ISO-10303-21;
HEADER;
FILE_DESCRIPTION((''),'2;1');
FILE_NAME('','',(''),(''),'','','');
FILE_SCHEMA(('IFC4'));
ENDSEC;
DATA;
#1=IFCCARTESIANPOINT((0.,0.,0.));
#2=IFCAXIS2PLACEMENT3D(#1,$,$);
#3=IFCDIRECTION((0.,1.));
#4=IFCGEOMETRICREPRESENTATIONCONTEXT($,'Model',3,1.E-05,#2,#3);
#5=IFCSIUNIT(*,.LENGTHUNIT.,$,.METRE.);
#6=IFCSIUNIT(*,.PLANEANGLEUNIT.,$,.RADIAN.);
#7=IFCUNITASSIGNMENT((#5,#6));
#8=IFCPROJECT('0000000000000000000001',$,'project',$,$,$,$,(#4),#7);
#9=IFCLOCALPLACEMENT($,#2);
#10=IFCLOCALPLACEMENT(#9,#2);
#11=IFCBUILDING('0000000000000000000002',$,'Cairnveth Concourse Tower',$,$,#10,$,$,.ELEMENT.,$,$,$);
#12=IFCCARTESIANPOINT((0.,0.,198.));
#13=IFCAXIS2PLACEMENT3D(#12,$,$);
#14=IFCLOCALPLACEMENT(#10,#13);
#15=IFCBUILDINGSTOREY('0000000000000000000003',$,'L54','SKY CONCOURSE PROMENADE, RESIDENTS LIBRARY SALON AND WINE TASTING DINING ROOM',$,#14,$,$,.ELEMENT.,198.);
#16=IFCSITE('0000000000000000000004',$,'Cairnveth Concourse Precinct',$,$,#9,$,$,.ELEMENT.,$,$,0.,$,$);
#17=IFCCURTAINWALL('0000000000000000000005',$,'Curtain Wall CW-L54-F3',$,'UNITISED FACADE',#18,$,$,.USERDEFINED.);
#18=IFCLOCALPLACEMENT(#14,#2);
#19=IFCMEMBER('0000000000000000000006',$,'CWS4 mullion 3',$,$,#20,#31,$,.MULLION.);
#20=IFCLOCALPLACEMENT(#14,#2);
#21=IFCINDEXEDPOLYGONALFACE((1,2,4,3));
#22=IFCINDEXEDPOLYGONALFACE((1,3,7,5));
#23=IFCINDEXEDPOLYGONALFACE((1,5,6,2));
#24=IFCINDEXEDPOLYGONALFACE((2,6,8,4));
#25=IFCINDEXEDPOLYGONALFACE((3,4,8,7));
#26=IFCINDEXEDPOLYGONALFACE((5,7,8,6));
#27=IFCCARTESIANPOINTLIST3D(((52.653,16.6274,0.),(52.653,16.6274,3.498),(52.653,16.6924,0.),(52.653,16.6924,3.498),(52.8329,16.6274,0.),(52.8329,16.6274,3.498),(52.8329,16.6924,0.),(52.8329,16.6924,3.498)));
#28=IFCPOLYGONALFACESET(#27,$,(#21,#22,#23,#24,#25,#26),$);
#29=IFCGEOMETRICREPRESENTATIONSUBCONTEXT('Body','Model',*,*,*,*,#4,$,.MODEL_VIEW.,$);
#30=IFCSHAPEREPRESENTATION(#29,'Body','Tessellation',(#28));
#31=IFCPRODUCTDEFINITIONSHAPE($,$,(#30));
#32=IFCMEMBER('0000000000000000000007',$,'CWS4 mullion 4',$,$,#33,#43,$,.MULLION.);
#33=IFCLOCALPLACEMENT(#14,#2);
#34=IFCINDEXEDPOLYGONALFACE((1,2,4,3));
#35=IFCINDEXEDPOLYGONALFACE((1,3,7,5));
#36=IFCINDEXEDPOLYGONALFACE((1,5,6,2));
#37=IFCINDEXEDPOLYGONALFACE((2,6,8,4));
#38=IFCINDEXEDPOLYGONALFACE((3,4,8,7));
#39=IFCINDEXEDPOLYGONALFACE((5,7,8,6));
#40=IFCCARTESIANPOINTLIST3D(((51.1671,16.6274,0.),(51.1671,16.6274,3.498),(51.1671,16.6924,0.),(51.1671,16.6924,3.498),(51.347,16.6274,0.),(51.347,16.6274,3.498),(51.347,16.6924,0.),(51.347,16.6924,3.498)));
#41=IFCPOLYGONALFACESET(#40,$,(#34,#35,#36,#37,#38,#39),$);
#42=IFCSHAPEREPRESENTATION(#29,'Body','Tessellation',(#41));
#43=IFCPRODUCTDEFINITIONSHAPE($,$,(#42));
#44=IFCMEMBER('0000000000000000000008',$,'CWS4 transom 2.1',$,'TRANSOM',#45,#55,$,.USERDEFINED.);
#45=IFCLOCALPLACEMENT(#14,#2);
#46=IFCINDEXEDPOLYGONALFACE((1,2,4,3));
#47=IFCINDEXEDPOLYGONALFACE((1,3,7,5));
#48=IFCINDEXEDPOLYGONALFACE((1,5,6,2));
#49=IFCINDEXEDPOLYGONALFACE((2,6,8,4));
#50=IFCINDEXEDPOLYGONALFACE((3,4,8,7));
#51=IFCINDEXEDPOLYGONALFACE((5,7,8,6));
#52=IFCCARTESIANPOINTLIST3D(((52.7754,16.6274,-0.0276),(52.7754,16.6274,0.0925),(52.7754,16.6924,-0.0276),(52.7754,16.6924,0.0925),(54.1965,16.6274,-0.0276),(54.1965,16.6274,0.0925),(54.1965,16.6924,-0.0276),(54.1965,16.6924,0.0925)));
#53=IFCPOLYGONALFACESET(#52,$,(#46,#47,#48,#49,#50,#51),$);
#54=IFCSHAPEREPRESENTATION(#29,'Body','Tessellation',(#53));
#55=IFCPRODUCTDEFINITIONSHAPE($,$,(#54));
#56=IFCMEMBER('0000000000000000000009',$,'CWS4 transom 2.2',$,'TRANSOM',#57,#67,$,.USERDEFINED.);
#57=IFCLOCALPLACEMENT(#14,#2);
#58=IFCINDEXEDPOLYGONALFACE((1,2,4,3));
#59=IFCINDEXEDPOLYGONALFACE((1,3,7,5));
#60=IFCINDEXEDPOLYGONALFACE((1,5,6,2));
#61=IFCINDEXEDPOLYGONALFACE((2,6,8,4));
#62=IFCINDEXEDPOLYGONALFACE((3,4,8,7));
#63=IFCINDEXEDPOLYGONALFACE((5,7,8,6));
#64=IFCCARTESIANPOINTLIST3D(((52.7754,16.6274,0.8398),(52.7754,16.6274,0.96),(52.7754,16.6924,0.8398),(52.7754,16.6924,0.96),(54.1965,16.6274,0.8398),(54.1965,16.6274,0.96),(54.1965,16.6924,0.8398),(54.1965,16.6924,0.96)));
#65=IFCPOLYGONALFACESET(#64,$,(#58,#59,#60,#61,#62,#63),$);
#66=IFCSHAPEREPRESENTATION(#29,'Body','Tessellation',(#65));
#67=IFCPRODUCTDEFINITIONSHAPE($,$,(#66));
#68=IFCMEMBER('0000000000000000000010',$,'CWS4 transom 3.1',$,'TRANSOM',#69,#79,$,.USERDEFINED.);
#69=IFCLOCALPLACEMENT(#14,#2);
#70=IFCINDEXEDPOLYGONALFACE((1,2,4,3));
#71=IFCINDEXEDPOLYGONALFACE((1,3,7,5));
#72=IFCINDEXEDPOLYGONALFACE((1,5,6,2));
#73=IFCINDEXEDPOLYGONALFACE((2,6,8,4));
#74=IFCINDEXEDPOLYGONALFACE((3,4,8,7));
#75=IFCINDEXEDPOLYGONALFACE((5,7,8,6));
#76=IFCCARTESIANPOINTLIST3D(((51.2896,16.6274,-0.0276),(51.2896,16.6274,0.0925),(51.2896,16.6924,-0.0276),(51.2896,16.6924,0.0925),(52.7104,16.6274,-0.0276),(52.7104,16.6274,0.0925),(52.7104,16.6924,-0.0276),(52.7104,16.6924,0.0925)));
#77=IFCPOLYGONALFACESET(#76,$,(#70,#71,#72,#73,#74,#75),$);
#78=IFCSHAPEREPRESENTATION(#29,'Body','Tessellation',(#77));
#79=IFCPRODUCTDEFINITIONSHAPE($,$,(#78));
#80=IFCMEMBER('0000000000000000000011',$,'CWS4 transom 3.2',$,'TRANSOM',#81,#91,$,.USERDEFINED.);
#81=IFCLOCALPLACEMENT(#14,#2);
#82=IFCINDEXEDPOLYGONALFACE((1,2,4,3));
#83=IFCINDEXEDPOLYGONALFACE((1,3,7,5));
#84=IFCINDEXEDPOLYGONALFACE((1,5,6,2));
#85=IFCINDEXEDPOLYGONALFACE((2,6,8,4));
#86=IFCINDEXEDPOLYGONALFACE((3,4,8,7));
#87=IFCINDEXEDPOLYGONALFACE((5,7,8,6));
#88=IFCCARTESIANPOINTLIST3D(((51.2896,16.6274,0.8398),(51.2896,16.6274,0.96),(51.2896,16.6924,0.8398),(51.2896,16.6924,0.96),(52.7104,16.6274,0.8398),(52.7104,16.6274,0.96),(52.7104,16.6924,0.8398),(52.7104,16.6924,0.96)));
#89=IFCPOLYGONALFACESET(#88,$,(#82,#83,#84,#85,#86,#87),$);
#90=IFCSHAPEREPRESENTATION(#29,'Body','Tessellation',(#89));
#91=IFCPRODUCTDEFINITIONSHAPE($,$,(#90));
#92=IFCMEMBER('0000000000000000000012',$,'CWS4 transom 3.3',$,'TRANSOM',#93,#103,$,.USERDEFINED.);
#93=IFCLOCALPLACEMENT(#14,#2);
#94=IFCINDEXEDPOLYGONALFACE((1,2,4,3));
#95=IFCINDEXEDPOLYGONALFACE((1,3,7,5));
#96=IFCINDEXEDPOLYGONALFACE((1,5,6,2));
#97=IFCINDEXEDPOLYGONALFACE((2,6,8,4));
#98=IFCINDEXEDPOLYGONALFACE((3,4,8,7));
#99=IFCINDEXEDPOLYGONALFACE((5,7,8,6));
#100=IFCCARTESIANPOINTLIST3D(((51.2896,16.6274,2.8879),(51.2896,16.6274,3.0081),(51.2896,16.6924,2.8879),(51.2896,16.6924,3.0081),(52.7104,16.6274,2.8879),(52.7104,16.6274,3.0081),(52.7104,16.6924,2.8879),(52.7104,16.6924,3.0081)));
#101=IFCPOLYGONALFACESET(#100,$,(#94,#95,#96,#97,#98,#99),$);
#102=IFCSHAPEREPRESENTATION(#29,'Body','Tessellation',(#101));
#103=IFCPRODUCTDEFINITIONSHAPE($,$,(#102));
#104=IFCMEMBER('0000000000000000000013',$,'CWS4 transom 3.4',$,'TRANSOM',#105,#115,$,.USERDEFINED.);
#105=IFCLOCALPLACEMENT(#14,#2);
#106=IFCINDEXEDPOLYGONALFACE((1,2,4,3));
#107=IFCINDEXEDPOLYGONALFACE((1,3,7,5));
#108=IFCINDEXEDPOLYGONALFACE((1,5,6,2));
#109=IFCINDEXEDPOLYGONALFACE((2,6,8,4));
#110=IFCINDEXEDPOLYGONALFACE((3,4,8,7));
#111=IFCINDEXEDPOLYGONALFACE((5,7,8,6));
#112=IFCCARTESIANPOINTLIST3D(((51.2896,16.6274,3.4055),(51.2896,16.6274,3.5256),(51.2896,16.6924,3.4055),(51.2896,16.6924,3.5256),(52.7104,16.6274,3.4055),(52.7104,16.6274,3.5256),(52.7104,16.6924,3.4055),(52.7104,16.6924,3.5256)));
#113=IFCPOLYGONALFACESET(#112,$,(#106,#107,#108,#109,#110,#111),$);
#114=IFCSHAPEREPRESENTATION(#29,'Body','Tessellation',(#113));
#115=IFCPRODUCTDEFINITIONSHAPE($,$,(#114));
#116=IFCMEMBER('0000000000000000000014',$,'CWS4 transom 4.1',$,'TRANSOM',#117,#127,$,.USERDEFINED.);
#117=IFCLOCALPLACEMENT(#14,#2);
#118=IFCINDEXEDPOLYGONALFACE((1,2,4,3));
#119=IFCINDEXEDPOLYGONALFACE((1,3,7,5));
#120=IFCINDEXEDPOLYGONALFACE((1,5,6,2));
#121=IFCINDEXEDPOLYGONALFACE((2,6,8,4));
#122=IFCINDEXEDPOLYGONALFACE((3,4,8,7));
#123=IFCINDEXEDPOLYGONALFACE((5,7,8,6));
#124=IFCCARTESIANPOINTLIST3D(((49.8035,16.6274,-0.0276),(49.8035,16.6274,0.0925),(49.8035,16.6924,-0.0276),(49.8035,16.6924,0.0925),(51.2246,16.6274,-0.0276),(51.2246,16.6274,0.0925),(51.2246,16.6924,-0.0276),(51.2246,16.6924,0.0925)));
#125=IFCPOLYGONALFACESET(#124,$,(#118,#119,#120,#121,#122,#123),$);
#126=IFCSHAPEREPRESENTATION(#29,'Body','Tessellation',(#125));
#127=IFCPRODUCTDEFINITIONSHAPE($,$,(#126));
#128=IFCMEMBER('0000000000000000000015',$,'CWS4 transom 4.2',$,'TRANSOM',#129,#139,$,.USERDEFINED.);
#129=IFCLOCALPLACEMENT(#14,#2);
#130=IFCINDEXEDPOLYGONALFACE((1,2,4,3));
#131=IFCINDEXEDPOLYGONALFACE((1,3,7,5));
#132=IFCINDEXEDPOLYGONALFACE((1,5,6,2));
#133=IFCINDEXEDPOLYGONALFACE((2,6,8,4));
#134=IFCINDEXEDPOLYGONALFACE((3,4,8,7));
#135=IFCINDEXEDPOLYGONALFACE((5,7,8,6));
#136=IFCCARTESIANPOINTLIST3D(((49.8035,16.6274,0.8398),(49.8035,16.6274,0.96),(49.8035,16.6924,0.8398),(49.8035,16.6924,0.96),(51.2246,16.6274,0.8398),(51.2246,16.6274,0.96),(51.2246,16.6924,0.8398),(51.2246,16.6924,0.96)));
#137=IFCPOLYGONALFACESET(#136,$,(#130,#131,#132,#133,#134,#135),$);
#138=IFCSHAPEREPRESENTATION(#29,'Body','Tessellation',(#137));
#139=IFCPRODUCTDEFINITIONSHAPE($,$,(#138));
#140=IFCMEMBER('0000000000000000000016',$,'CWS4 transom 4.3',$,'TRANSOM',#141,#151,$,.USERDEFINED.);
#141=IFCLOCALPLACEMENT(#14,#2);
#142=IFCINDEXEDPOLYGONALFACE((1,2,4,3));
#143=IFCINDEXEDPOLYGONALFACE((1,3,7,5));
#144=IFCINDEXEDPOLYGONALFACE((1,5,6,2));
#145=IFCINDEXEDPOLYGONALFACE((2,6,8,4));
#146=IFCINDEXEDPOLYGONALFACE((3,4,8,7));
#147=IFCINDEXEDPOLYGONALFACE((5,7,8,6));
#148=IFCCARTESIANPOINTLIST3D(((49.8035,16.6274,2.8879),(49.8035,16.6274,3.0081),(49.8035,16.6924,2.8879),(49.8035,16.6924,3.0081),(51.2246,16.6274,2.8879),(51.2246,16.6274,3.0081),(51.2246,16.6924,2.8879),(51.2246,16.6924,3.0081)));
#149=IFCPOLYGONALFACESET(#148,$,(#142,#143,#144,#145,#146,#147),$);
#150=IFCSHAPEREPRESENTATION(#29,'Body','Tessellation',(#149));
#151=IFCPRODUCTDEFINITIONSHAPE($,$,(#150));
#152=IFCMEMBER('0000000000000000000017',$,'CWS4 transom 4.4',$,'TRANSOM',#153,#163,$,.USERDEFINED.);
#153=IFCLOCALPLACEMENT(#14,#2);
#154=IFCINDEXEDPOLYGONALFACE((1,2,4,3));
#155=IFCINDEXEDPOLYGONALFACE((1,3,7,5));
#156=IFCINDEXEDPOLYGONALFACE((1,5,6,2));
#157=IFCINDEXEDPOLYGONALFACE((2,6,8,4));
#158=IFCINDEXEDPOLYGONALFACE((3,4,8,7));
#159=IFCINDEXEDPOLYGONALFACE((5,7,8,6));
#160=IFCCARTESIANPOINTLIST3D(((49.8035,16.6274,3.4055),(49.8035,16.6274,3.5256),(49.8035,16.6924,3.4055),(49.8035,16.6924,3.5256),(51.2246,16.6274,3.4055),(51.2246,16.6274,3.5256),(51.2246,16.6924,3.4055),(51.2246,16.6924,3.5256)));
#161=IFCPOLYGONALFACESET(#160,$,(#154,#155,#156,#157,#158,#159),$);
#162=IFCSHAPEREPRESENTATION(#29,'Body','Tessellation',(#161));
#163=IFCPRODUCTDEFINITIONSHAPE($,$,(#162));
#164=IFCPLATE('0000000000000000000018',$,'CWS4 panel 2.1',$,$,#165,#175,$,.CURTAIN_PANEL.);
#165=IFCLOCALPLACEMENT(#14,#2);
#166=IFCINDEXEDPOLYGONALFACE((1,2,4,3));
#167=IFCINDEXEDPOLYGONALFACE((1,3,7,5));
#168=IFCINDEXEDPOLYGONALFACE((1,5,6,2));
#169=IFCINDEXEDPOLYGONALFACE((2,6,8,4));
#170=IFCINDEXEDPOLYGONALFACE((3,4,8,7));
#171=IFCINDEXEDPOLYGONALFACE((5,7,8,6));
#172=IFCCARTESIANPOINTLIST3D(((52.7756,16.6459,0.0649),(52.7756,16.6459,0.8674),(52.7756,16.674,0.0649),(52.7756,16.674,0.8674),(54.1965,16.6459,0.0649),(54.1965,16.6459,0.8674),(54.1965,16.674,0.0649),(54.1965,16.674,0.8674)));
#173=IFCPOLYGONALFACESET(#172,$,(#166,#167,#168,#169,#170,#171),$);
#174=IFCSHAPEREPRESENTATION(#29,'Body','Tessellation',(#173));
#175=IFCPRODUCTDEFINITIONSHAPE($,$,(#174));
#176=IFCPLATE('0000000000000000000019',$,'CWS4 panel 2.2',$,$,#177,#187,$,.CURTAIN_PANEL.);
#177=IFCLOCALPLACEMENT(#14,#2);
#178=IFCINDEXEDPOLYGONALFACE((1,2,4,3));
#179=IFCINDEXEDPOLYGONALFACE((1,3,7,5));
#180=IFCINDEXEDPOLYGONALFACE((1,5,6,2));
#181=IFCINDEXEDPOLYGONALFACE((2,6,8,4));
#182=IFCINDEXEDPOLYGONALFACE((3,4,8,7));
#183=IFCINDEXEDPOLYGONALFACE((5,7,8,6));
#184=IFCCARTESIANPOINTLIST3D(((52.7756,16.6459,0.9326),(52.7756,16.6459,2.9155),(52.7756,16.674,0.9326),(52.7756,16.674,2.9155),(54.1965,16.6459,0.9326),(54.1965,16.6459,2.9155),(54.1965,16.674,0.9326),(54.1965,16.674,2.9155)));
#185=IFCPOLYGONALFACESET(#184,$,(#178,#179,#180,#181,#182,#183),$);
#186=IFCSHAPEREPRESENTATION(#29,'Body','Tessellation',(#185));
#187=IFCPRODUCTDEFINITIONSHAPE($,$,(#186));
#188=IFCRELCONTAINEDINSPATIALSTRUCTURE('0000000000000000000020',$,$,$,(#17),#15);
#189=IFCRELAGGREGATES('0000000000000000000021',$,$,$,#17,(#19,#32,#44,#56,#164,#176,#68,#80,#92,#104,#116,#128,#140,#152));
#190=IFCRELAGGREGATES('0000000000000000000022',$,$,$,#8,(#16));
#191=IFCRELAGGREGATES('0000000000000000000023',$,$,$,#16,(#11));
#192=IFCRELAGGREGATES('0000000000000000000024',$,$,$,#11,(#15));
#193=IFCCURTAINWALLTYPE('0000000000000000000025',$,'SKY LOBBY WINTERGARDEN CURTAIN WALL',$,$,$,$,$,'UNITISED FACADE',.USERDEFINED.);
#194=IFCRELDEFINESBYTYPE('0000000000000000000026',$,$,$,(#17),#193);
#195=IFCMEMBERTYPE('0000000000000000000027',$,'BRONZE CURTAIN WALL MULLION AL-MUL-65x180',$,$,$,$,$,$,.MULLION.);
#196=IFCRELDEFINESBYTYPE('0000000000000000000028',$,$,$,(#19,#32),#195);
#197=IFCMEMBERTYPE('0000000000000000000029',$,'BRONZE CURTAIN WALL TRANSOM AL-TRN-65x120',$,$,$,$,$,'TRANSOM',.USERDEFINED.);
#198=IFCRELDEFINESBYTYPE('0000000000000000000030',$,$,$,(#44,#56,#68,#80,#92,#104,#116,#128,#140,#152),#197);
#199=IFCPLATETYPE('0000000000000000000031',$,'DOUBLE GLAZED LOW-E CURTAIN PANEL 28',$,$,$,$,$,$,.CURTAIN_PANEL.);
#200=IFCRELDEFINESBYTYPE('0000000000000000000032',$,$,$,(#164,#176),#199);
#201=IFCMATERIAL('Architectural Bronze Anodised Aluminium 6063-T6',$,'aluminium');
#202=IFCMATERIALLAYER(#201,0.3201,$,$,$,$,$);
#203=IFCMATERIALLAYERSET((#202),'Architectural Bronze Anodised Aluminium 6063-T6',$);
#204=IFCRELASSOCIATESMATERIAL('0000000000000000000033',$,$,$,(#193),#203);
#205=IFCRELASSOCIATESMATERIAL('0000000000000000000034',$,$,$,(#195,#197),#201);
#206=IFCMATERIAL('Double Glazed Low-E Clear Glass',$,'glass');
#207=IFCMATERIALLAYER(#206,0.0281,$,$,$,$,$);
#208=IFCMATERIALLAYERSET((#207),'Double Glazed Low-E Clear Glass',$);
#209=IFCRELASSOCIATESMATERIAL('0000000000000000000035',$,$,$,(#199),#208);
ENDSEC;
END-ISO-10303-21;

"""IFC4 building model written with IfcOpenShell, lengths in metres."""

from ifc_helpers import new_model, si_unit, direction, frame, origin, origin_2d, place, context, subcontext, project, spatial, rectangle, extrude, material, layer, layer_set, material_profile, profile_set, type_object, element, aggregate, save


model = new_model("IFC4")

# Units and contexts
model_context = context("Model", 3, precision=1e-05, world=origin(), true_north=direction((0.0, 1.0)))
body_context = subcontext(model_context, "Body", "Model", "MODEL_VIEW")
ifc_project = project(units=[si_unit("LENGTHUNIT", "METRE"), si_unit("PLANEANGLEUNIT", "RADIAN")], contexts=[model_context])

# Site, building, storey
site_placement = place(None, origin())
site = spatial("IfcSite", under=ifc_project, at=site_placement, Name="Cairnveth Concourse Precinct", CompositionType="ELEMENT", RefElevation=0.0)
building_placement = place(site_placement, origin())
building = spatial("IfcBuilding", under=site, at=building_placement, Name="Cairnveth Concourse Tower", CompositionType="ELEMENT")
storey_placement = place(building_placement, frame((0.0, 0.0, 198.0)))
storey = spatial("IfcBuildingStorey", under=building, at=storey_placement, Name="L54", Description="SKY CONCOURSE PROMENADE, RESIDENTS LIBRARY SALON AND WINE TASTING DINING ROOM", CompositionType="ELEMENT", Elevation=198.0)

# Curtain wall, members, plates
ifc_material_1 = material(Name="Architectural Bronze Anodised Aluminium 6063-T6", Category="aluminium")
ifc_layer_1 = layer(ifc_material_1, 0.3201)
ifc_layer_set_1 = layer_set([ifc_layer_1], Name="Architectural Bronze Anodised Aluminium 6063-T6")
curtain_wall_type = type_object("IfcCurtainWallType", Name="SKY LOBBY WINTERGARDEN CURTAIN WALL", ElementType="UNITISED FACADE", PredefinedType="USERDEFINED", material=ifc_layer_set_1)
curtain_wall_placement = place(storey_placement, origin())
curtain_wall = element("IfcCurtainWall", 1, at=curtain_wall_placement, inside=storey, type_object=curtain_wall_type, Name="Curtain Wall CW-L54-F3", ObjectType="UNITISED FACADE", PredefinedType="USERDEFINED")
ifc_material_profile_1 = material_profile(ifc_material_1, rectangle(XDim=0.0649, YDim=0.1799, at=origin_2d()), Name="AL-MUL-65x180")
ifc_profile_set_1 = profile_set([ifc_material_profile_1], Name="Architectural Bronze Anodised Aluminium 6063-T6")
member_type_1 = type_object("IfcMemberType", Name="BRONZE CURTAIN WALL MULLION AL-MUL-65x180", PredefinedType="MULLION", material=ifc_profile_set_1)
member_1_placement = place(storey_placement, frame((52.7429, 16.6599, 0.0), z_axis=(0.0, 0.0, 1.0), x_axis=(0.0, -1.0, 0.0)))
member_1 = element("IfcMember", 2, at=member_1_placement, type_object=member_type_1, Name="CWS4 mullion 3", PredefinedType="MULLION", context=body_context, shape_type="SweptSolid", body=[
    extrude(rectangle(XDim=0.0649, YDim=0.1799, at=origin_2d()), origin(), (0.0, 0.0, 1.0), 3.498),
])
member_2_placement = place(storey_placement, frame((51.2571, 16.6599, 0.0), z_axis=(0.0, 0.0, 1.0), x_axis=(0.0, -1.0, 0.0)))
member_2 = element("IfcMember", 3, at=member_2_placement, type_object=member_type_1, Name="CWS4 mullion 4", PredefinedType="MULLION", context=body_context, shape_type="SweptSolid", body=[
    extrude(rectangle(XDim=0.0649, YDim=0.1799, at=origin_2d()), origin(), (0.0, 0.0, 1.0), 3.498),
])
ifc_material_profile_2 = material_profile(ifc_material_1, rectangle(XDim=0.0649, YDim=0.1201, at=origin_2d()), Name="AL-TRN-65x120")
ifc_profile_set_2 = profile_set([ifc_material_profile_2], Name="Architectural Bronze Anodised Aluminium 6063-T6")
member_type_2 = type_object("IfcMemberType", Name="BRONZE CURTAIN WALL TRANSOM AL-TRN-65x120", ElementType="TRANSOM", PredefinedType="USERDEFINED", material=ifc_profile_set_2)
member_3_placement = place(storey_placement, frame((54.1965, 16.6599, 0.0325), z_axis=(-1.0, 0.0, 0.0), x_axis=(0.0, -1.0, 0.0)))
member_3 = element("IfcMember", 4, at=member_3_placement, type_object=member_type_2, Name="CWS4 transom 2.1", ObjectType="TRANSOM", PredefinedType="USERDEFINED", context=body_context, shape_type="SweptSolid", body=[
    extrude(rectangle(XDim=0.0649, YDim=0.1201, at=origin_2d()), origin(), (0.0, 0.0, 1.0), 1.4211),
])
member_4_placement = place(storey_placement, frame((54.1965, 16.6599, 0.8999), z_axis=(-1.0, 0.0, 0.0), x_axis=(0.0, -1.0, 0.0)))
member_4 = element("IfcMember", 5, at=member_4_placement, type_object=member_type_2, Name="CWS4 transom 2.2", ObjectType="TRANSOM", PredefinedType="USERDEFINED", context=body_context, shape_type="SweptSolid", body=[
    extrude(rectangle(XDim=0.0649, YDim=0.1201, at=origin_2d()), origin(), (0.0, 0.0, 1.0), 1.4211),
])
member_5_placement = place(storey_placement, frame((52.7104, 16.6599, 0.0325), z_axis=(-1.0, 0.0, 0.0), x_axis=(0.0, -1.0, 0.0)))
member_5 = element("IfcMember", 6, at=member_5_placement, type_object=member_type_2, Name="CWS4 transom 3.1", ObjectType="TRANSOM", PredefinedType="USERDEFINED", context=body_context, shape_type="SweptSolid", body=[
    extrude(rectangle(XDim=0.0649, YDim=0.1201, at=origin_2d()), origin(), (0.0, 0.0, 1.0), 1.4209),
])
member_6_placement = place(storey_placement, frame((52.7104, 16.6599, 0.8999), z_axis=(-1.0, 0.0, 0.0), x_axis=(0.0, -1.0, 0.0)))
member_6 = element("IfcMember", 7, at=member_6_placement, type_object=member_type_2, Name="CWS4 transom 3.2", ObjectType="TRANSOM", PredefinedType="USERDEFINED", context=body_context, shape_type="SweptSolid", body=[
    extrude(rectangle(XDim=0.0649, YDim=0.1201, at=origin_2d()), origin(), (0.0, 0.0, 1.0), 1.4209),
])
member_7_placement = place(storey_placement, frame((52.7104, 16.6599, 2.948), z_axis=(-1.0, 0.0, 0.0), x_axis=(0.0, -1.0, 0.0)))
member_7 = element("IfcMember", 8, at=member_7_placement, type_object=member_type_2, Name="CWS4 transom 3.3", ObjectType="TRANSOM", PredefinedType="USERDEFINED", context=body_context, shape_type="SweptSolid", body=[
    extrude(rectangle(XDim=0.0649, YDim=0.1201, at=origin_2d()), origin(), (0.0, 0.0, 1.0), 1.4209),
])
member_8_placement = place(storey_placement, frame((52.7104, 16.6599, 3.4656), z_axis=(-1.0, 0.0, 0.0), x_axis=(0.0, -1.0, 0.0)))
member_8 = element("IfcMember", 9, at=member_8_placement, type_object=member_type_2, Name="CWS4 transom 3.4", ObjectType="TRANSOM", PredefinedType="USERDEFINED", context=body_context, shape_type="SweptSolid", body=[
    extrude(rectangle(XDim=0.0649, YDim=0.1201, at=origin_2d()), origin(), (0.0, 0.0, 1.0), 1.4209),
])
member_9_placement = place(storey_placement, frame((51.2246, 16.6599, 0.0325), z_axis=(-1.0, 0.0, 0.0), x_axis=(0.0, -1.0, 0.0)))
member_9 = element("IfcMember", 10, at=member_9_placement, type_object=member_type_2, Name="CWS4 transom 4.1", ObjectType="TRANSOM", PredefinedType="USERDEFINED", context=body_context, shape_type="SweptSolid", body=[
    extrude(rectangle(XDim=0.0649, YDim=0.1201, at=origin_2d()), origin(), (0.0, 0.0, 1.0), 1.4211),
])
member_10_placement = place(storey_placement, frame((51.2246, 16.6599, 0.8999), z_axis=(-1.0, 0.0, 0.0), x_axis=(0.0, -1.0, 0.0)))
member_10 = element("IfcMember", 11, at=member_10_placement, type_object=member_type_2, Name="CWS4 transom 4.2", ObjectType="TRANSOM", PredefinedType="USERDEFINED", context=body_context, shape_type="SweptSolid", body=[
    extrude(rectangle(XDim=0.0649, YDim=0.1201, at=origin_2d()), origin(), (0.0, 0.0, 1.0), 1.4211),
])
member_11_placement = place(storey_placement, frame((51.2246, 16.6599, 2.948), z_axis=(-1.0, 0.0, 0.0), x_axis=(0.0, -1.0, 0.0)))
member_11 = element("IfcMember", 12, at=member_11_placement, type_object=member_type_2, Name="CWS4 transom 4.3", ObjectType="TRANSOM", PredefinedType="USERDEFINED", context=body_context, shape_type="SweptSolid", body=[
    extrude(rectangle(XDim=0.0649, YDim=0.1201, at=origin_2d()), origin(), (0.0, 0.0, 1.0), 1.4211),
])
member_12_placement = place(storey_placement, frame((51.2246, 16.6599, 3.4656), z_axis=(-1.0, 0.0, 0.0), x_axis=(0.0, -1.0, 0.0)))
member_12 = element("IfcMember", 13, at=member_12_placement, type_object=member_type_2, Name="CWS4 transom 4.4", ObjectType="TRANSOM", PredefinedType="USERDEFINED", context=body_context, shape_type="SweptSolid", body=[
    extrude(rectangle(XDim=0.0649, YDim=0.1201, at=origin_2d()), origin(), (0.0, 0.0, 1.0), 1.4211),
])
ifc_material_2 = material(Name="Double Glazed Low-E Clear Glass", Category="glass")
ifc_layer_2 = layer(ifc_material_2, 0.0281)
ifc_layer_set_2 = layer_set([ifc_layer_2], Name="Double Glazed Low-E Clear Glass")
plate_type = type_object("IfcPlateType", Name="DOUBLE GLAZED LOW-E CURTAIN PANEL 28", PredefinedType="CURTAIN_PANEL", material=ifc_layer_set_2)
plate_1_placement = place(storey_placement, frame((53.4861, 16.6599, 0.0649), z_axis=(0.0, 0.0, 1.0), x_axis=(-1.0, 0.0, 0.0)))
plate_1 = element("IfcPlate", 14, at=plate_1_placement, type_object=plate_type, Name="CWS4 panel 2.1", PredefinedType="CURTAIN_PANEL", context=body_context, shape_type="SweptSolid", body=[
    extrude(rectangle(XDim=1.4209, YDim=0.0281, at=origin_2d()), origin(), (0.0, 0.0, 1.0), 0.8025),
])
plate_2_placement = place(storey_placement, frame((53.4861, 16.6599, 0.9326), z_axis=(0.0, 0.0, 1.0), x_axis=(-1.0, 0.0, 0.0)))
plate_2 = element("IfcPlate", 15, at=plate_2_placement, type_object=plate_type, Name="CWS4 panel 2.2", PredefinedType="CURTAIN_PANEL", context=body_context, shape_type="SweptSolid", body=[
    extrude(rectangle(XDim=1.4209, YDim=0.0281, at=origin_2d()), origin(), (0.0, 0.0, 1.0), 1.9829),
])
aggregate(curtain_wall, [member_1, member_2, member_3, member_4, plate_1, plate_2, member_5, member_6, member_7, member_8, member_9, member_10, member_11, member_12])

save(model, "model.ifc")
